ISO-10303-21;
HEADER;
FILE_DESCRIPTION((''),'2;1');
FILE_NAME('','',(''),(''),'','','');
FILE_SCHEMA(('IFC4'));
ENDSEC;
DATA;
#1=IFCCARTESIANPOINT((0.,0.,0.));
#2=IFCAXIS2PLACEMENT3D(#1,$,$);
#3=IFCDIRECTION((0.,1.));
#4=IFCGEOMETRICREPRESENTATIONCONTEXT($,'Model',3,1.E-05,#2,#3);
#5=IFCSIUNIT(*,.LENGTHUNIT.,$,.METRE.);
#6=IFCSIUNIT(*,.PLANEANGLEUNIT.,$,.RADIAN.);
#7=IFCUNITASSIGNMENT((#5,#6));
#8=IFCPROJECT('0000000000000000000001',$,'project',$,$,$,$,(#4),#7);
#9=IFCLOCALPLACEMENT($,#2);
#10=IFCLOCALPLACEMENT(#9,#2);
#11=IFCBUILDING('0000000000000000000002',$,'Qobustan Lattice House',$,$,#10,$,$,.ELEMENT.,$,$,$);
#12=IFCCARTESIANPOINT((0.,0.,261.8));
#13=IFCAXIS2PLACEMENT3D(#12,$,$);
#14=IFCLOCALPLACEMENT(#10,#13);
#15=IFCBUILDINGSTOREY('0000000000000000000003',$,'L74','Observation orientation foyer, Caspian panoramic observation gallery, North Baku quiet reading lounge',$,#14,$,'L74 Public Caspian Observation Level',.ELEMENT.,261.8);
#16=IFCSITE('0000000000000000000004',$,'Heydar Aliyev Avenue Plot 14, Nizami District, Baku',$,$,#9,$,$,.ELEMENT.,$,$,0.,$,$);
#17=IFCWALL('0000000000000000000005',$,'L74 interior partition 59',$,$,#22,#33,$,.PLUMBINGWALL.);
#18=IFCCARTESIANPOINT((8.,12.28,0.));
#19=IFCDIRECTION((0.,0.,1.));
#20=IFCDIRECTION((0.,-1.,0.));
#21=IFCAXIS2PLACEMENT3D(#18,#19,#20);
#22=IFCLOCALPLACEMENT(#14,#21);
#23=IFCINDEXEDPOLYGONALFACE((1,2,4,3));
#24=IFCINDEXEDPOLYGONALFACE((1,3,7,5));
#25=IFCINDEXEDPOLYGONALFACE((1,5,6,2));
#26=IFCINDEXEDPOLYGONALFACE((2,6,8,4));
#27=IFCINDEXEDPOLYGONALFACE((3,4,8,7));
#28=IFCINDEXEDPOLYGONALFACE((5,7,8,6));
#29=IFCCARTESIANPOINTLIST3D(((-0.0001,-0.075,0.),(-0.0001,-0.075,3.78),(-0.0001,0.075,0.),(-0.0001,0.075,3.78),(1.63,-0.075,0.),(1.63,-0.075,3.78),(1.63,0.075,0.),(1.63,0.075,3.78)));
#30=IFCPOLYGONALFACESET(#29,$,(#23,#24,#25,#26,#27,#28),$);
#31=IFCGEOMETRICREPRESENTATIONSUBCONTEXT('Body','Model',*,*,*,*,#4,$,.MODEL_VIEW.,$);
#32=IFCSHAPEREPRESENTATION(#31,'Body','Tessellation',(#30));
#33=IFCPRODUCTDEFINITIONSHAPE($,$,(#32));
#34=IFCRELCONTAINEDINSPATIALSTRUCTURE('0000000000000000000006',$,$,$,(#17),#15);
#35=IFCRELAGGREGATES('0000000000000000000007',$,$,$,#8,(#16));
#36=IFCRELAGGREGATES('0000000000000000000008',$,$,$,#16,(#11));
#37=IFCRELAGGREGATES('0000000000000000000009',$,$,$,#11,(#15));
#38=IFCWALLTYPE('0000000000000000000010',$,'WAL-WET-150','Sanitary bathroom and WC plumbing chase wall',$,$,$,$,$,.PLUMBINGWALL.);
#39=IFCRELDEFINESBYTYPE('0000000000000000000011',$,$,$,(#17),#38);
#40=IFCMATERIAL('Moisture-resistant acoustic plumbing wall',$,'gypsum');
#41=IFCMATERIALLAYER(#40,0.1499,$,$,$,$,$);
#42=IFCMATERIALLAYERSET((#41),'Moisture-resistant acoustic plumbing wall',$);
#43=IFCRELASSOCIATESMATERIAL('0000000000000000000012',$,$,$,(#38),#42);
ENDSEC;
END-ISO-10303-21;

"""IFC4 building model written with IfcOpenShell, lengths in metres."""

from ifc_helpers import new_model, si_unit, direction, frame, frame_2d, origin, place, context, subcontext, project, spatial, rectangle, extrude, material, layer, layer_set, type_object, element, save


model = new_model("IFC4")

# Units and contexts
model_context = context("Model", 3, precision=1e-05, world=origin(), true_north=direction((0.0, 1.0)))
body_context = subcontext(model_context, "Body", "Model", "MODEL_VIEW")
ifc_project = project(units=[si_unit("LENGTHUNIT", "METRE"), si_unit("PLANEANGLEUNIT", "RADIAN")], contexts=[model_context])

# Site, building, storey
site_placement = place(None, origin())
site = spatial("IfcSite", under=ifc_project, at=site_placement, Name="Heydar Aliyev Avenue Plot 14, Nizami District, Baku", CompositionType="ELEMENT", RefElevation=0.0)
building_placement = place(site_placement, origin())
building = spatial("IfcBuilding", under=site, at=building_placement, Name="Qobustan Lattice House", CompositionType="ELEMENT")
storey_placement = place(building_placement, frame((0.0, 0.0, 261.8)))
storey = spatial("IfcBuildingStorey", under=building, at=storey_placement, Name="L74", Description="Observation orientation foyer, Caspian panoramic observation gallery, North Baku quiet reading lounge", LongName="L74 Public Caspian Observation Level", CompositionType="ELEMENT", Elevation=261.8)

# Shared definitions
ifc_material_1 = material(Name="Moisture-resistant acoustic plumbing wall", Category="gypsum")
ifc_layer_1 = layer(ifc_material_1, 0.1499)
ifc_layer_set_1 = layer_set([ifc_layer_1], Name="Moisture-resistant acoustic plumbing wall")
wall_type_1 = type_object("IfcWallType", Name="WAL-WET-150", Description="Sanitary bathroom and WC plumbing chase wall", PredefinedType="PLUMBINGWALL", material=ifc_layer_set_1)

# Wall
wall_1_placement = place(storey_placement, frame((8.0, 12.28, 0.0), z_axis=(0.0, 0.0, 1.0), x_axis=(0.0, -1.0, 0.0)))
element("IfcWall", 1, at=wall_1_placement, inside=storey, type_object=wall_type_1, Name="L74 interior partition 59", PredefinedType="PLUMBINGWALL", context=body_context, shape_type="SweptSolid", body=[
    extrude(rectangle(XDim=1.6301, YDim=0.1499, at=frame_2d((0.8149, 0.0))), origin(), (0.0, 0.0, 1.0), 3.78),
])

save(model, "model.ifc")
